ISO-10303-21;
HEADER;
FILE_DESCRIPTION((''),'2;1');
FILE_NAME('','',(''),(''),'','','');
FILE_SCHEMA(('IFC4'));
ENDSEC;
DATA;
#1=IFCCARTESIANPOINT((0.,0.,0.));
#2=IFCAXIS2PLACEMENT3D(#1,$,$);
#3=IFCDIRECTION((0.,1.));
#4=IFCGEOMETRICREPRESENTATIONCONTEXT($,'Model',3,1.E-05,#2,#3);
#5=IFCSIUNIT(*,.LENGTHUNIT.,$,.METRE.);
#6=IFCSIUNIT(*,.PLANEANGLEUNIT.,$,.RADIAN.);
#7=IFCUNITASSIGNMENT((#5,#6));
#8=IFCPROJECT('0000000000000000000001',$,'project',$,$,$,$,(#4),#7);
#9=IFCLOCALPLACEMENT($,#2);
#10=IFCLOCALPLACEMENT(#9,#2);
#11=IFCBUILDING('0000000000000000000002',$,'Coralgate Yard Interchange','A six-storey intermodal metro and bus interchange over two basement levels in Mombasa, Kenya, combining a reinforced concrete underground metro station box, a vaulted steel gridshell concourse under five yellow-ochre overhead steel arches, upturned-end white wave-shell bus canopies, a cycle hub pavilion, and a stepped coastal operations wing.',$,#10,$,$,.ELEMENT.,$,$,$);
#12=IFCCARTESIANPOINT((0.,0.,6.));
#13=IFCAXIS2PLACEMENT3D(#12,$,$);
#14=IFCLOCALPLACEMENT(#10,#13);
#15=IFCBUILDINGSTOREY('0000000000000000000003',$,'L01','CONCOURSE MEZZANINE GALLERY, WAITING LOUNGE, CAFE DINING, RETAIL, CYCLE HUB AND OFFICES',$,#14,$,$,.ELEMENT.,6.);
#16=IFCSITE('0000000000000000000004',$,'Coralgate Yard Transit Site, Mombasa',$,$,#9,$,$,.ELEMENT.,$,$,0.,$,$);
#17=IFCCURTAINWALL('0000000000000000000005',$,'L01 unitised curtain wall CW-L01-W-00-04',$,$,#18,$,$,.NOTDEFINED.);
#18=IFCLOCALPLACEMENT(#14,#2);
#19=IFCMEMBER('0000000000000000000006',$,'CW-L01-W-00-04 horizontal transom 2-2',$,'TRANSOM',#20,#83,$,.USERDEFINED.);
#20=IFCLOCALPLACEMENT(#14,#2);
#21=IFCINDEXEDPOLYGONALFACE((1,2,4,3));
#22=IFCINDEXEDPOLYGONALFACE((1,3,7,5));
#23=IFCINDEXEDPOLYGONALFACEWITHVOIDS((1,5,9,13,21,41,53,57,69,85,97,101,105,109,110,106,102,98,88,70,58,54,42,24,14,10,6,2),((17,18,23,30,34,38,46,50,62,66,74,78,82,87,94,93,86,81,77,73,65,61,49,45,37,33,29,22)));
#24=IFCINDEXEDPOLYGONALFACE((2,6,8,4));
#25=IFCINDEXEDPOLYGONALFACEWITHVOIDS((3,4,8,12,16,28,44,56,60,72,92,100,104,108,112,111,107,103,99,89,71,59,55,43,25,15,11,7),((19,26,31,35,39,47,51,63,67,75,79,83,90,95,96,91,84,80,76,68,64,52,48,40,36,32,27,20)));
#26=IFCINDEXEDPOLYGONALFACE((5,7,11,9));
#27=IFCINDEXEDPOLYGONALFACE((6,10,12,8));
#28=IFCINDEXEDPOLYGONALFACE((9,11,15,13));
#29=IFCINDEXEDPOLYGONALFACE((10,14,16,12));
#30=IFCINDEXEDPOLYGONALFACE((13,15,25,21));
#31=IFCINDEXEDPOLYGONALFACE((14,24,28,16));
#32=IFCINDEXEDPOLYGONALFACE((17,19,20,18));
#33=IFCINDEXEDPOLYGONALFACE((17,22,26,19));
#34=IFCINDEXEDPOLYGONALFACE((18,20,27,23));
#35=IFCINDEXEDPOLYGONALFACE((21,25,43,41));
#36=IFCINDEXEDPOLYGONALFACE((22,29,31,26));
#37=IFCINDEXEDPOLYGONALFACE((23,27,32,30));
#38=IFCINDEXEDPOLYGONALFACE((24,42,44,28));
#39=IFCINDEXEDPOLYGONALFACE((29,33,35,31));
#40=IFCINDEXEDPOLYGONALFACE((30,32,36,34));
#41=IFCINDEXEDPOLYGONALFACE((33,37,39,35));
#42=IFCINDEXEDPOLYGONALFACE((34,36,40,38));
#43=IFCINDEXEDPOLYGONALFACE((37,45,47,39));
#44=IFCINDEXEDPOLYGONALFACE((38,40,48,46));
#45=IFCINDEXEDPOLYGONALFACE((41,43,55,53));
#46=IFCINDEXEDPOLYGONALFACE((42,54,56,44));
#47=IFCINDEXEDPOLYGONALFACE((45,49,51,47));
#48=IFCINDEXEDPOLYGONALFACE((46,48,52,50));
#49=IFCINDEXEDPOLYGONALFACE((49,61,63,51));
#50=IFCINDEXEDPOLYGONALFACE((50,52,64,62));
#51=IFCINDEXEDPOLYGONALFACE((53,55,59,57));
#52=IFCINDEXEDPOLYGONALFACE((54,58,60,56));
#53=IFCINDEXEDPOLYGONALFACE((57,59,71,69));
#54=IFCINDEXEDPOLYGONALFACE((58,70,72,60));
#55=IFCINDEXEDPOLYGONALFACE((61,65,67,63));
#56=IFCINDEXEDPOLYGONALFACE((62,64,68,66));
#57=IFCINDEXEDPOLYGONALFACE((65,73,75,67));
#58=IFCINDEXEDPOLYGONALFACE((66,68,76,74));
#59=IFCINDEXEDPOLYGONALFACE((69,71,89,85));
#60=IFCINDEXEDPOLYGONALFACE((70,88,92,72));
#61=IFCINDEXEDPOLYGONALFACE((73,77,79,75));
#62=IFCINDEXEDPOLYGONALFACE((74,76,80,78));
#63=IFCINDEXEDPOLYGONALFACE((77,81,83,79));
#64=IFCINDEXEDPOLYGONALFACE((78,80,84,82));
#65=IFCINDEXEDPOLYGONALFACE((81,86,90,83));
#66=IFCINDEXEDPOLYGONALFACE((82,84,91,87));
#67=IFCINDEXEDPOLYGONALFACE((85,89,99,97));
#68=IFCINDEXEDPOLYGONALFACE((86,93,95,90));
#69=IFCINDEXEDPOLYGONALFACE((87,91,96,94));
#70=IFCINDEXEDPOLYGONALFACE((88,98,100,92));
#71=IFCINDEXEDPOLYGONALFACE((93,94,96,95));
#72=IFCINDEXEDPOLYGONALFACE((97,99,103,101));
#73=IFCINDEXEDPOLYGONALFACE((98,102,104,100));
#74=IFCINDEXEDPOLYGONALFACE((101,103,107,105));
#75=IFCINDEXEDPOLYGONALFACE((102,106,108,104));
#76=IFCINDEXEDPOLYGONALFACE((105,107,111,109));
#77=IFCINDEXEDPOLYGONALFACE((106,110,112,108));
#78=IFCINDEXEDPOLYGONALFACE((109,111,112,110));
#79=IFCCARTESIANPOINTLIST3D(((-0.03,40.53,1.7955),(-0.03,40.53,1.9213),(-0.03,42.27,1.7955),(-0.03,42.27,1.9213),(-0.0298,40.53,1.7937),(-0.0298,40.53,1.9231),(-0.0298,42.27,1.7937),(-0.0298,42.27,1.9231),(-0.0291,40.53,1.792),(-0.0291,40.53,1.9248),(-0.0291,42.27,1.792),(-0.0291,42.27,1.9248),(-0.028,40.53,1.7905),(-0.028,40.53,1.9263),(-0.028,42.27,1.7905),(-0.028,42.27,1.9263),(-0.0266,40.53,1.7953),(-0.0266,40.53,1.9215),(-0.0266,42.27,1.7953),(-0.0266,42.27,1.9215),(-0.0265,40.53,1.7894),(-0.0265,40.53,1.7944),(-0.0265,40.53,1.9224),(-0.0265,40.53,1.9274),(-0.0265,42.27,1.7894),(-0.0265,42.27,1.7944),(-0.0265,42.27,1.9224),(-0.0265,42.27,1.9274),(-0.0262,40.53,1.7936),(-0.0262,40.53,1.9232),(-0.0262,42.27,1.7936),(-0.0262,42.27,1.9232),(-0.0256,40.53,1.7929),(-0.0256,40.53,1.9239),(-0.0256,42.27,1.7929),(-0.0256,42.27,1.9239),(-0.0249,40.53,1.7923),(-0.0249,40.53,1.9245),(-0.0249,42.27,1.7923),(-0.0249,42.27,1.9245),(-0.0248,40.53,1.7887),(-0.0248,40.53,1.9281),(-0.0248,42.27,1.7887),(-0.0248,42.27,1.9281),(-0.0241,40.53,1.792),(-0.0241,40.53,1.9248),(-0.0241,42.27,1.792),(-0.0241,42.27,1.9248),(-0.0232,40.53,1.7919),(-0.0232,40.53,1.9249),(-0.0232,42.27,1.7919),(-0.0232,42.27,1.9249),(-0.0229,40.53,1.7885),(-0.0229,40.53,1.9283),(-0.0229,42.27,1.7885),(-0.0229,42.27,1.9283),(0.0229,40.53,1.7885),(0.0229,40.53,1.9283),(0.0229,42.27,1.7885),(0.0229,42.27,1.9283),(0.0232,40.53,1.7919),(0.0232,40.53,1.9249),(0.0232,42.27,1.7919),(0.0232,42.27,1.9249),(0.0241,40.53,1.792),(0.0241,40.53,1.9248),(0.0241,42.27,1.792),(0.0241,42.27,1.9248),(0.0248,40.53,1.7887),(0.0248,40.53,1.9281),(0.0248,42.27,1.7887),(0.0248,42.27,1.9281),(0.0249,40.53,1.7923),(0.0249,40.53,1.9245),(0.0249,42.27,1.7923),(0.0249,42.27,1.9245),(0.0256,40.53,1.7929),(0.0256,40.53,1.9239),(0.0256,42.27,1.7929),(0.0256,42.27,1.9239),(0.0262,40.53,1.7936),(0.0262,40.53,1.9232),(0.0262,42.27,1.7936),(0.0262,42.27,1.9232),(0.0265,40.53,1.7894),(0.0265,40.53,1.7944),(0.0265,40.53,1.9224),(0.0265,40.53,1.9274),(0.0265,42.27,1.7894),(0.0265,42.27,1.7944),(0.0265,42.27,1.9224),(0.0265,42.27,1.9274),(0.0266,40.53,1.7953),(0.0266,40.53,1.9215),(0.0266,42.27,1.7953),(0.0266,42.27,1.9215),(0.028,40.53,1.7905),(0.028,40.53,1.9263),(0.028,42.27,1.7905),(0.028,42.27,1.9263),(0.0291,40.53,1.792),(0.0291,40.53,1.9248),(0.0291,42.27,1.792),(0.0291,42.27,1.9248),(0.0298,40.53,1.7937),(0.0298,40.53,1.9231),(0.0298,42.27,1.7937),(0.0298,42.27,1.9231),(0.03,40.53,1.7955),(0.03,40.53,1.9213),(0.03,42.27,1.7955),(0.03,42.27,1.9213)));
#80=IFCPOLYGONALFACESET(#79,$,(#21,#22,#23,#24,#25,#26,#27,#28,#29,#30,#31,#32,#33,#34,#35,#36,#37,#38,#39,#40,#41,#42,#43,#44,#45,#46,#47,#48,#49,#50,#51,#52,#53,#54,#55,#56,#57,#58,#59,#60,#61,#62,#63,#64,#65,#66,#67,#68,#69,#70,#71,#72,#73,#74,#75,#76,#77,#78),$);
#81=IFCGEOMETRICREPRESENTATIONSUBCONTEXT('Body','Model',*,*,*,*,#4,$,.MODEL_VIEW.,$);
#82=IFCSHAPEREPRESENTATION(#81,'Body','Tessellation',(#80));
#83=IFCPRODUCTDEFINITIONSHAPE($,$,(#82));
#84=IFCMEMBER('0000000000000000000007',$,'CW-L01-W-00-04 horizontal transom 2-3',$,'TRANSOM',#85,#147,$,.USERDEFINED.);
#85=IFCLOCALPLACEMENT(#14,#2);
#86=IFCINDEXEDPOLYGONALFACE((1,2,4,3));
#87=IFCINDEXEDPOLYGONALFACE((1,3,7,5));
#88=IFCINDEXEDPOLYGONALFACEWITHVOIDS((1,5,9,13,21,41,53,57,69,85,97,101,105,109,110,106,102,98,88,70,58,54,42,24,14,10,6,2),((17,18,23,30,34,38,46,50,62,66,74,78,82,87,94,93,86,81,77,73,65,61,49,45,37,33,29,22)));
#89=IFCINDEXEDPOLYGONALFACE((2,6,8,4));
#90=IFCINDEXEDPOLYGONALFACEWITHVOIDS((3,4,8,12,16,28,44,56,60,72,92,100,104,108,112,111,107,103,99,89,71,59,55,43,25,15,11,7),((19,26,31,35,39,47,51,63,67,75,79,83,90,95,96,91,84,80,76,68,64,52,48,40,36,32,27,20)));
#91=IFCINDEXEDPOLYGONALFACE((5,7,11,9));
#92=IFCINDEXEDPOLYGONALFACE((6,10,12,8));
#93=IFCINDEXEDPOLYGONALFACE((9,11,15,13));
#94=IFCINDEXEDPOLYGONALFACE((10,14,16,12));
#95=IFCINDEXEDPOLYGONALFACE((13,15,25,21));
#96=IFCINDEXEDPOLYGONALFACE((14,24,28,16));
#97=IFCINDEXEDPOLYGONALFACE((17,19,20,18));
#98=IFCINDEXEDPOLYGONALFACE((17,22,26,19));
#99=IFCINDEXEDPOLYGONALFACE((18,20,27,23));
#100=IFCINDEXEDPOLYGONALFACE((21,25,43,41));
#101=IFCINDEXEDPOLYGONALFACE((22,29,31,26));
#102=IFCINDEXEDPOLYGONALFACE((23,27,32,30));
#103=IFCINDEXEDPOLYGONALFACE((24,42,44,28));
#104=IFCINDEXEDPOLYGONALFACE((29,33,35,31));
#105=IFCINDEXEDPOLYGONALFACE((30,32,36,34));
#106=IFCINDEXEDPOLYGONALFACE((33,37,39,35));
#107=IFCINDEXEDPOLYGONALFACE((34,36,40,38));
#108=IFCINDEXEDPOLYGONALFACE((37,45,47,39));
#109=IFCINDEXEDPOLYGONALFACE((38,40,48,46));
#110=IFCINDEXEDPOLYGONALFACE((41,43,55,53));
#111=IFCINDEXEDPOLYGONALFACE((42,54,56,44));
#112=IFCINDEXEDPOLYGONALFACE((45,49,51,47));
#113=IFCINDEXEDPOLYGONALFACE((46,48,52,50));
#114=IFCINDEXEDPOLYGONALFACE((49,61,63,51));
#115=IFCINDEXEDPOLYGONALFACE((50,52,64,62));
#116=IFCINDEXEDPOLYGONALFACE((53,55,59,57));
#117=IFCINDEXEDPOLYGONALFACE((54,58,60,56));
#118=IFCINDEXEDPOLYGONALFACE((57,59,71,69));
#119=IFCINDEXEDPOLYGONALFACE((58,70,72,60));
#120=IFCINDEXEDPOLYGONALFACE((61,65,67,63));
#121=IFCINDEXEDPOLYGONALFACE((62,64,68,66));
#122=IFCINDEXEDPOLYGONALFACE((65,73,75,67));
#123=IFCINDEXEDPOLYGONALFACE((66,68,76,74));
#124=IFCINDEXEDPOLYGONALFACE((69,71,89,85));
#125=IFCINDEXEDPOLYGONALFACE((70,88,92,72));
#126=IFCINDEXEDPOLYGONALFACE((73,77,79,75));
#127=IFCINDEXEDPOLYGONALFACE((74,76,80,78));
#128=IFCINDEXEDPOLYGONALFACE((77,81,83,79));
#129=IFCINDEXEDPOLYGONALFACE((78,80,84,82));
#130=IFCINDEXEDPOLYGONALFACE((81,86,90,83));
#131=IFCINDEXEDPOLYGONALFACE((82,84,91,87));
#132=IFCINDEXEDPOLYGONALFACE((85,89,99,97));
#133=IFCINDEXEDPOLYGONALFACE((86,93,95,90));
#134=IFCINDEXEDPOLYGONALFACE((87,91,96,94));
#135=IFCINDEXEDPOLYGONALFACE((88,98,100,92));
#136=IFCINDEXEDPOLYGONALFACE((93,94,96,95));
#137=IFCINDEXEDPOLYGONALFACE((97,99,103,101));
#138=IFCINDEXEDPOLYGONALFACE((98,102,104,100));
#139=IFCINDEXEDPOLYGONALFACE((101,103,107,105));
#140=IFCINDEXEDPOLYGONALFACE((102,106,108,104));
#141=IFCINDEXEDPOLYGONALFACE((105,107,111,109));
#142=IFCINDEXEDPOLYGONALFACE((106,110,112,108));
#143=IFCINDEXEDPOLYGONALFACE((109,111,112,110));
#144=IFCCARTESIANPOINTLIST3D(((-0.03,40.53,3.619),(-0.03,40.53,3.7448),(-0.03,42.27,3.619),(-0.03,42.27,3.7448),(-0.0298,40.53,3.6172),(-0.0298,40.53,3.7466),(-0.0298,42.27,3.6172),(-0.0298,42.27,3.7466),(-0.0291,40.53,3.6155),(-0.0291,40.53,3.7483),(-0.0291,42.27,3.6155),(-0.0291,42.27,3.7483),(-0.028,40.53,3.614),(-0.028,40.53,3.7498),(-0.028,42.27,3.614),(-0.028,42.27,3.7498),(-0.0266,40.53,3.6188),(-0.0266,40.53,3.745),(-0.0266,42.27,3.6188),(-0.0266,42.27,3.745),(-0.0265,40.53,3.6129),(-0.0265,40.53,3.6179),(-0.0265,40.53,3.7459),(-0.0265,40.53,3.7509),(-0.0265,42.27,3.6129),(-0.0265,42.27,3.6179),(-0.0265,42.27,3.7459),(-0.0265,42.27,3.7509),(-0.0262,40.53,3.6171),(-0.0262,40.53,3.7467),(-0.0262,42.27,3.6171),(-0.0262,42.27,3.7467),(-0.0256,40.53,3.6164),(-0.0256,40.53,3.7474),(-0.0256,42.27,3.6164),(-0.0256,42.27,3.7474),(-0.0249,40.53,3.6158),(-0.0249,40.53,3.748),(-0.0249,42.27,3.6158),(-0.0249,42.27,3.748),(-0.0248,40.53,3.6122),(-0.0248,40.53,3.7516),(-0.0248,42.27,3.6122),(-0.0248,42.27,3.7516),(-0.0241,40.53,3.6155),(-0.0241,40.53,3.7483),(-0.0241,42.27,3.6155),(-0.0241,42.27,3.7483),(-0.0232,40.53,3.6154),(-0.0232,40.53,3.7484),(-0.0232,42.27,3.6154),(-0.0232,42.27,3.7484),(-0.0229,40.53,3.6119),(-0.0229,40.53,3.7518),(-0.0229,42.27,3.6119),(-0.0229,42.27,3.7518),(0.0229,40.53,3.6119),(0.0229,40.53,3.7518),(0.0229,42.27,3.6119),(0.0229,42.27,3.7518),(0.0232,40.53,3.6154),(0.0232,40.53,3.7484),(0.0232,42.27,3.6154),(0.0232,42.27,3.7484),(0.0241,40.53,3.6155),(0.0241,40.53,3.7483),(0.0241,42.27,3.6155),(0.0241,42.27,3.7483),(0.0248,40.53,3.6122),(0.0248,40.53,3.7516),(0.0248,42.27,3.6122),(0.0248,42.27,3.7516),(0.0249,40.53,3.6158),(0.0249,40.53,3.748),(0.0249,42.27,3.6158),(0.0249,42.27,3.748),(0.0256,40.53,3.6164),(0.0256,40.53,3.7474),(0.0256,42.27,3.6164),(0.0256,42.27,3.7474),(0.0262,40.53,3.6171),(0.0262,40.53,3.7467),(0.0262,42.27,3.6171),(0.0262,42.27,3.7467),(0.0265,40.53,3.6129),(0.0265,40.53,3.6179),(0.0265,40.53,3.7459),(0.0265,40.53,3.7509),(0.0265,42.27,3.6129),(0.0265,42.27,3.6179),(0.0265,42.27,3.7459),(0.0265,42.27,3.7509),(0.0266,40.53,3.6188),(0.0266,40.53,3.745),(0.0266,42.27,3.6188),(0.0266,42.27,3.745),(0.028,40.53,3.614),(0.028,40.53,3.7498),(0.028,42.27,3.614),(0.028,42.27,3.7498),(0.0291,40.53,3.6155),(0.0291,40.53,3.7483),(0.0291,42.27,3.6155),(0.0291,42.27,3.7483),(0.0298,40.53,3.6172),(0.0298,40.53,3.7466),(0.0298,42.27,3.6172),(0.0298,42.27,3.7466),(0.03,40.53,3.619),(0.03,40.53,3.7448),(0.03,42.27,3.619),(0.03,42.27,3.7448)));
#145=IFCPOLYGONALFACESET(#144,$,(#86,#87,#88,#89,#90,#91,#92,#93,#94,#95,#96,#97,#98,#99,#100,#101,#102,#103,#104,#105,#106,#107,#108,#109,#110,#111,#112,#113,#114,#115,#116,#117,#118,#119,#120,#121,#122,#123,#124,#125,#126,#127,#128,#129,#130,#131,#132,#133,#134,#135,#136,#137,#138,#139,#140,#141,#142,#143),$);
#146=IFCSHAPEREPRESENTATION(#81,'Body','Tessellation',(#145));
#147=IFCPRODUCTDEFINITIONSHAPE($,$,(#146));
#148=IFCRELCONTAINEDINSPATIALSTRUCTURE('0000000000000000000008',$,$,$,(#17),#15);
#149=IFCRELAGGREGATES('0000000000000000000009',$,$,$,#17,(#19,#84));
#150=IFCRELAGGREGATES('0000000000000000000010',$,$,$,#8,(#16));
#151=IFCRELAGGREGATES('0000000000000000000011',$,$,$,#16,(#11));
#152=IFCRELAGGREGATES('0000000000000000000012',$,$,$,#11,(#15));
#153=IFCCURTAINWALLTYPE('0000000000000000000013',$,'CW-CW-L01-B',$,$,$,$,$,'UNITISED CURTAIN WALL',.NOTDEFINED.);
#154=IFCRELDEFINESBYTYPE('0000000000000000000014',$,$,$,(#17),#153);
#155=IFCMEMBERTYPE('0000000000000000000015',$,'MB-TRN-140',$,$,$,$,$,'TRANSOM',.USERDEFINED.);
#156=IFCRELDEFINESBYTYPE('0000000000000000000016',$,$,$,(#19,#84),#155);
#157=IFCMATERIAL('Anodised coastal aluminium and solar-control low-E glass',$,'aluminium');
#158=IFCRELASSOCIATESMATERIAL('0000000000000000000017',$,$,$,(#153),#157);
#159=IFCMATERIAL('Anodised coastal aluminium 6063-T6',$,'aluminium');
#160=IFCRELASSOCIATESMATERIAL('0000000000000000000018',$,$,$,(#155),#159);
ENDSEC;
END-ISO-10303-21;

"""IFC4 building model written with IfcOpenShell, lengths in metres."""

from ifc_helpers import new_model, si_unit, direction, frame, origin, origin_2d, place, context, subcontext, project, spatial, hollow_rectangle, extrude, material, material_profile, profile_set, type_object, element, aggregate, save


model = new_model("IFC4")

# Units and contexts
model_context = context("Model", 3, precision=1e-05, world=origin(), true_north=direction((0.0, 1.0)))
body_context = subcontext(model_context, "Body", "Model", "MODEL_VIEW")
ifc_project = project(units=[si_unit("LENGTHUNIT", "METRE"), si_unit("PLANEANGLEUNIT", "RADIAN")], contexts=[model_context])

# Site, building, storey
site_placement = place(None, origin())
site = spatial("IfcSite", under=ifc_project, at=site_placement, Name="Coralgate Yard Transit Site, Mombasa", CompositionType="ELEMENT", RefElevation=0.0)
building_placement = place(site_placement, origin())
building = spatial("IfcBuilding", under=site, at=building_placement, Name="Coralgate Yard Interchange", Description="A six-storey intermodal metro and bus interchange over two basement levels in Mombasa, Kenya, combining a reinforced concrete underground metro station box, a vaulted steel gridshell concourse under five yellow-ochre overhead steel arches, upturned-end white wave-shell bus canopies, a cycle hub pavilion, and a stepped coastal operations wing.", CompositionType="ELEMENT")
storey_placement = place(building_placement, frame((0.0, 0.0, 6.0)))
storey = spatial("IfcBuildingStorey", under=building, at=storey_placement, Name="L01", Description="CONCOURSE MEZZANINE GALLERY, WAITING LOUNGE, CAFE DINING, RETAIL, CYCLE HUB AND OFFICES", CompositionType="ELEMENT", Elevation=6.0)

# Curtain wall, members
ifc_material_1 = material(Name="Anodised coastal aluminium and solar-control low-E glass", Category="aluminium")
curtain_wall_type = type_object("IfcCurtainWallType", Name="CW-CW-L01-B", ElementType="UNITISED CURTAIN WALL", PredefinedType="NOTDEFINED", material=ifc_material_1)
curtain_wall_placement = place(storey_placement, origin())
curtain_wall = element("IfcCurtainWall", 1, at=curtain_wall_placement, inside=storey, type_object=curtain_wall_type, Name="L01 unitised curtain wall CW-L01-W-00-04", PredefinedType="NOTDEFINED")
ifc_material_2 = material(Name="Anodised coastal aluminium 6063-T6", Category="aluminium")
ifc_material_profile_1 = material_profile(ifc_material_2, hollow_rectangle(XDim=0.0601, YDim=0.1399, WallThickness=0.0034, InnerFilletRadius=0.0034, OuterFilletRadius=0.0071, at=origin_2d()), Name="ALU 60x140x3.5")
ifc_profile_set_1 = profile_set([ifc_material_profile_1], Name="Anodised coastal aluminium 6063-T6")
member_type_1 = type_object("IfcMemberType", Name="MB-TRN-140", ElementType="TRANSOM", PredefinedType="USERDEFINED", material=ifc_profile_set_1)
member_1_placement = place(storey_placement, frame((0.0, 40.53, 1.8584), z_axis=(0.0, 1.0, 0.0), x_axis=(-1.0, 0.0, 0.0)))
member_1 = element("IfcMember", 2, at=member_1_placement, type_object=member_type_1, Name="CW-L01-W-00-04 horizontal transom 2-2", ObjectType="TRANSOM", PredefinedType="USERDEFINED", context=body_context, shape_type="SweptSolid", body=[
    extrude(hollow_rectangle(XDim=0.0601, YDim=0.1399, WallThickness=0.0034, InnerFilletRadius=0.0034, OuterFilletRadius=0.0071, at=origin_2d()), origin(), (0.0, 0.0, 1.0), 1.74),
])
member_2_placement = place(storey_placement, frame((0.0, 40.53, 3.6819), z_axis=(0.0, 1.0, 0.0), x_axis=(-1.0, 0.0, 0.0)))
member_2 = element("IfcMember", 3, at=member_2_placement, type_object=member_type_1, Name="CW-L01-W-00-04 horizontal transom 2-3", ObjectType="TRANSOM", PredefinedType="USERDEFINED", context=body_context, shape_type="SweptSolid", body=[
    extrude(hollow_rectangle(XDim=0.0601, YDim=0.1399, WallThickness=0.0034, InnerFilletRadius=0.0034, OuterFilletRadius=0.0071, at=origin_2d()), origin(), (0.0, 0.0, 1.0), 1.74),
])
aggregate(curtain_wall, [member_1, member_2])

save(model, "model.ifc")
